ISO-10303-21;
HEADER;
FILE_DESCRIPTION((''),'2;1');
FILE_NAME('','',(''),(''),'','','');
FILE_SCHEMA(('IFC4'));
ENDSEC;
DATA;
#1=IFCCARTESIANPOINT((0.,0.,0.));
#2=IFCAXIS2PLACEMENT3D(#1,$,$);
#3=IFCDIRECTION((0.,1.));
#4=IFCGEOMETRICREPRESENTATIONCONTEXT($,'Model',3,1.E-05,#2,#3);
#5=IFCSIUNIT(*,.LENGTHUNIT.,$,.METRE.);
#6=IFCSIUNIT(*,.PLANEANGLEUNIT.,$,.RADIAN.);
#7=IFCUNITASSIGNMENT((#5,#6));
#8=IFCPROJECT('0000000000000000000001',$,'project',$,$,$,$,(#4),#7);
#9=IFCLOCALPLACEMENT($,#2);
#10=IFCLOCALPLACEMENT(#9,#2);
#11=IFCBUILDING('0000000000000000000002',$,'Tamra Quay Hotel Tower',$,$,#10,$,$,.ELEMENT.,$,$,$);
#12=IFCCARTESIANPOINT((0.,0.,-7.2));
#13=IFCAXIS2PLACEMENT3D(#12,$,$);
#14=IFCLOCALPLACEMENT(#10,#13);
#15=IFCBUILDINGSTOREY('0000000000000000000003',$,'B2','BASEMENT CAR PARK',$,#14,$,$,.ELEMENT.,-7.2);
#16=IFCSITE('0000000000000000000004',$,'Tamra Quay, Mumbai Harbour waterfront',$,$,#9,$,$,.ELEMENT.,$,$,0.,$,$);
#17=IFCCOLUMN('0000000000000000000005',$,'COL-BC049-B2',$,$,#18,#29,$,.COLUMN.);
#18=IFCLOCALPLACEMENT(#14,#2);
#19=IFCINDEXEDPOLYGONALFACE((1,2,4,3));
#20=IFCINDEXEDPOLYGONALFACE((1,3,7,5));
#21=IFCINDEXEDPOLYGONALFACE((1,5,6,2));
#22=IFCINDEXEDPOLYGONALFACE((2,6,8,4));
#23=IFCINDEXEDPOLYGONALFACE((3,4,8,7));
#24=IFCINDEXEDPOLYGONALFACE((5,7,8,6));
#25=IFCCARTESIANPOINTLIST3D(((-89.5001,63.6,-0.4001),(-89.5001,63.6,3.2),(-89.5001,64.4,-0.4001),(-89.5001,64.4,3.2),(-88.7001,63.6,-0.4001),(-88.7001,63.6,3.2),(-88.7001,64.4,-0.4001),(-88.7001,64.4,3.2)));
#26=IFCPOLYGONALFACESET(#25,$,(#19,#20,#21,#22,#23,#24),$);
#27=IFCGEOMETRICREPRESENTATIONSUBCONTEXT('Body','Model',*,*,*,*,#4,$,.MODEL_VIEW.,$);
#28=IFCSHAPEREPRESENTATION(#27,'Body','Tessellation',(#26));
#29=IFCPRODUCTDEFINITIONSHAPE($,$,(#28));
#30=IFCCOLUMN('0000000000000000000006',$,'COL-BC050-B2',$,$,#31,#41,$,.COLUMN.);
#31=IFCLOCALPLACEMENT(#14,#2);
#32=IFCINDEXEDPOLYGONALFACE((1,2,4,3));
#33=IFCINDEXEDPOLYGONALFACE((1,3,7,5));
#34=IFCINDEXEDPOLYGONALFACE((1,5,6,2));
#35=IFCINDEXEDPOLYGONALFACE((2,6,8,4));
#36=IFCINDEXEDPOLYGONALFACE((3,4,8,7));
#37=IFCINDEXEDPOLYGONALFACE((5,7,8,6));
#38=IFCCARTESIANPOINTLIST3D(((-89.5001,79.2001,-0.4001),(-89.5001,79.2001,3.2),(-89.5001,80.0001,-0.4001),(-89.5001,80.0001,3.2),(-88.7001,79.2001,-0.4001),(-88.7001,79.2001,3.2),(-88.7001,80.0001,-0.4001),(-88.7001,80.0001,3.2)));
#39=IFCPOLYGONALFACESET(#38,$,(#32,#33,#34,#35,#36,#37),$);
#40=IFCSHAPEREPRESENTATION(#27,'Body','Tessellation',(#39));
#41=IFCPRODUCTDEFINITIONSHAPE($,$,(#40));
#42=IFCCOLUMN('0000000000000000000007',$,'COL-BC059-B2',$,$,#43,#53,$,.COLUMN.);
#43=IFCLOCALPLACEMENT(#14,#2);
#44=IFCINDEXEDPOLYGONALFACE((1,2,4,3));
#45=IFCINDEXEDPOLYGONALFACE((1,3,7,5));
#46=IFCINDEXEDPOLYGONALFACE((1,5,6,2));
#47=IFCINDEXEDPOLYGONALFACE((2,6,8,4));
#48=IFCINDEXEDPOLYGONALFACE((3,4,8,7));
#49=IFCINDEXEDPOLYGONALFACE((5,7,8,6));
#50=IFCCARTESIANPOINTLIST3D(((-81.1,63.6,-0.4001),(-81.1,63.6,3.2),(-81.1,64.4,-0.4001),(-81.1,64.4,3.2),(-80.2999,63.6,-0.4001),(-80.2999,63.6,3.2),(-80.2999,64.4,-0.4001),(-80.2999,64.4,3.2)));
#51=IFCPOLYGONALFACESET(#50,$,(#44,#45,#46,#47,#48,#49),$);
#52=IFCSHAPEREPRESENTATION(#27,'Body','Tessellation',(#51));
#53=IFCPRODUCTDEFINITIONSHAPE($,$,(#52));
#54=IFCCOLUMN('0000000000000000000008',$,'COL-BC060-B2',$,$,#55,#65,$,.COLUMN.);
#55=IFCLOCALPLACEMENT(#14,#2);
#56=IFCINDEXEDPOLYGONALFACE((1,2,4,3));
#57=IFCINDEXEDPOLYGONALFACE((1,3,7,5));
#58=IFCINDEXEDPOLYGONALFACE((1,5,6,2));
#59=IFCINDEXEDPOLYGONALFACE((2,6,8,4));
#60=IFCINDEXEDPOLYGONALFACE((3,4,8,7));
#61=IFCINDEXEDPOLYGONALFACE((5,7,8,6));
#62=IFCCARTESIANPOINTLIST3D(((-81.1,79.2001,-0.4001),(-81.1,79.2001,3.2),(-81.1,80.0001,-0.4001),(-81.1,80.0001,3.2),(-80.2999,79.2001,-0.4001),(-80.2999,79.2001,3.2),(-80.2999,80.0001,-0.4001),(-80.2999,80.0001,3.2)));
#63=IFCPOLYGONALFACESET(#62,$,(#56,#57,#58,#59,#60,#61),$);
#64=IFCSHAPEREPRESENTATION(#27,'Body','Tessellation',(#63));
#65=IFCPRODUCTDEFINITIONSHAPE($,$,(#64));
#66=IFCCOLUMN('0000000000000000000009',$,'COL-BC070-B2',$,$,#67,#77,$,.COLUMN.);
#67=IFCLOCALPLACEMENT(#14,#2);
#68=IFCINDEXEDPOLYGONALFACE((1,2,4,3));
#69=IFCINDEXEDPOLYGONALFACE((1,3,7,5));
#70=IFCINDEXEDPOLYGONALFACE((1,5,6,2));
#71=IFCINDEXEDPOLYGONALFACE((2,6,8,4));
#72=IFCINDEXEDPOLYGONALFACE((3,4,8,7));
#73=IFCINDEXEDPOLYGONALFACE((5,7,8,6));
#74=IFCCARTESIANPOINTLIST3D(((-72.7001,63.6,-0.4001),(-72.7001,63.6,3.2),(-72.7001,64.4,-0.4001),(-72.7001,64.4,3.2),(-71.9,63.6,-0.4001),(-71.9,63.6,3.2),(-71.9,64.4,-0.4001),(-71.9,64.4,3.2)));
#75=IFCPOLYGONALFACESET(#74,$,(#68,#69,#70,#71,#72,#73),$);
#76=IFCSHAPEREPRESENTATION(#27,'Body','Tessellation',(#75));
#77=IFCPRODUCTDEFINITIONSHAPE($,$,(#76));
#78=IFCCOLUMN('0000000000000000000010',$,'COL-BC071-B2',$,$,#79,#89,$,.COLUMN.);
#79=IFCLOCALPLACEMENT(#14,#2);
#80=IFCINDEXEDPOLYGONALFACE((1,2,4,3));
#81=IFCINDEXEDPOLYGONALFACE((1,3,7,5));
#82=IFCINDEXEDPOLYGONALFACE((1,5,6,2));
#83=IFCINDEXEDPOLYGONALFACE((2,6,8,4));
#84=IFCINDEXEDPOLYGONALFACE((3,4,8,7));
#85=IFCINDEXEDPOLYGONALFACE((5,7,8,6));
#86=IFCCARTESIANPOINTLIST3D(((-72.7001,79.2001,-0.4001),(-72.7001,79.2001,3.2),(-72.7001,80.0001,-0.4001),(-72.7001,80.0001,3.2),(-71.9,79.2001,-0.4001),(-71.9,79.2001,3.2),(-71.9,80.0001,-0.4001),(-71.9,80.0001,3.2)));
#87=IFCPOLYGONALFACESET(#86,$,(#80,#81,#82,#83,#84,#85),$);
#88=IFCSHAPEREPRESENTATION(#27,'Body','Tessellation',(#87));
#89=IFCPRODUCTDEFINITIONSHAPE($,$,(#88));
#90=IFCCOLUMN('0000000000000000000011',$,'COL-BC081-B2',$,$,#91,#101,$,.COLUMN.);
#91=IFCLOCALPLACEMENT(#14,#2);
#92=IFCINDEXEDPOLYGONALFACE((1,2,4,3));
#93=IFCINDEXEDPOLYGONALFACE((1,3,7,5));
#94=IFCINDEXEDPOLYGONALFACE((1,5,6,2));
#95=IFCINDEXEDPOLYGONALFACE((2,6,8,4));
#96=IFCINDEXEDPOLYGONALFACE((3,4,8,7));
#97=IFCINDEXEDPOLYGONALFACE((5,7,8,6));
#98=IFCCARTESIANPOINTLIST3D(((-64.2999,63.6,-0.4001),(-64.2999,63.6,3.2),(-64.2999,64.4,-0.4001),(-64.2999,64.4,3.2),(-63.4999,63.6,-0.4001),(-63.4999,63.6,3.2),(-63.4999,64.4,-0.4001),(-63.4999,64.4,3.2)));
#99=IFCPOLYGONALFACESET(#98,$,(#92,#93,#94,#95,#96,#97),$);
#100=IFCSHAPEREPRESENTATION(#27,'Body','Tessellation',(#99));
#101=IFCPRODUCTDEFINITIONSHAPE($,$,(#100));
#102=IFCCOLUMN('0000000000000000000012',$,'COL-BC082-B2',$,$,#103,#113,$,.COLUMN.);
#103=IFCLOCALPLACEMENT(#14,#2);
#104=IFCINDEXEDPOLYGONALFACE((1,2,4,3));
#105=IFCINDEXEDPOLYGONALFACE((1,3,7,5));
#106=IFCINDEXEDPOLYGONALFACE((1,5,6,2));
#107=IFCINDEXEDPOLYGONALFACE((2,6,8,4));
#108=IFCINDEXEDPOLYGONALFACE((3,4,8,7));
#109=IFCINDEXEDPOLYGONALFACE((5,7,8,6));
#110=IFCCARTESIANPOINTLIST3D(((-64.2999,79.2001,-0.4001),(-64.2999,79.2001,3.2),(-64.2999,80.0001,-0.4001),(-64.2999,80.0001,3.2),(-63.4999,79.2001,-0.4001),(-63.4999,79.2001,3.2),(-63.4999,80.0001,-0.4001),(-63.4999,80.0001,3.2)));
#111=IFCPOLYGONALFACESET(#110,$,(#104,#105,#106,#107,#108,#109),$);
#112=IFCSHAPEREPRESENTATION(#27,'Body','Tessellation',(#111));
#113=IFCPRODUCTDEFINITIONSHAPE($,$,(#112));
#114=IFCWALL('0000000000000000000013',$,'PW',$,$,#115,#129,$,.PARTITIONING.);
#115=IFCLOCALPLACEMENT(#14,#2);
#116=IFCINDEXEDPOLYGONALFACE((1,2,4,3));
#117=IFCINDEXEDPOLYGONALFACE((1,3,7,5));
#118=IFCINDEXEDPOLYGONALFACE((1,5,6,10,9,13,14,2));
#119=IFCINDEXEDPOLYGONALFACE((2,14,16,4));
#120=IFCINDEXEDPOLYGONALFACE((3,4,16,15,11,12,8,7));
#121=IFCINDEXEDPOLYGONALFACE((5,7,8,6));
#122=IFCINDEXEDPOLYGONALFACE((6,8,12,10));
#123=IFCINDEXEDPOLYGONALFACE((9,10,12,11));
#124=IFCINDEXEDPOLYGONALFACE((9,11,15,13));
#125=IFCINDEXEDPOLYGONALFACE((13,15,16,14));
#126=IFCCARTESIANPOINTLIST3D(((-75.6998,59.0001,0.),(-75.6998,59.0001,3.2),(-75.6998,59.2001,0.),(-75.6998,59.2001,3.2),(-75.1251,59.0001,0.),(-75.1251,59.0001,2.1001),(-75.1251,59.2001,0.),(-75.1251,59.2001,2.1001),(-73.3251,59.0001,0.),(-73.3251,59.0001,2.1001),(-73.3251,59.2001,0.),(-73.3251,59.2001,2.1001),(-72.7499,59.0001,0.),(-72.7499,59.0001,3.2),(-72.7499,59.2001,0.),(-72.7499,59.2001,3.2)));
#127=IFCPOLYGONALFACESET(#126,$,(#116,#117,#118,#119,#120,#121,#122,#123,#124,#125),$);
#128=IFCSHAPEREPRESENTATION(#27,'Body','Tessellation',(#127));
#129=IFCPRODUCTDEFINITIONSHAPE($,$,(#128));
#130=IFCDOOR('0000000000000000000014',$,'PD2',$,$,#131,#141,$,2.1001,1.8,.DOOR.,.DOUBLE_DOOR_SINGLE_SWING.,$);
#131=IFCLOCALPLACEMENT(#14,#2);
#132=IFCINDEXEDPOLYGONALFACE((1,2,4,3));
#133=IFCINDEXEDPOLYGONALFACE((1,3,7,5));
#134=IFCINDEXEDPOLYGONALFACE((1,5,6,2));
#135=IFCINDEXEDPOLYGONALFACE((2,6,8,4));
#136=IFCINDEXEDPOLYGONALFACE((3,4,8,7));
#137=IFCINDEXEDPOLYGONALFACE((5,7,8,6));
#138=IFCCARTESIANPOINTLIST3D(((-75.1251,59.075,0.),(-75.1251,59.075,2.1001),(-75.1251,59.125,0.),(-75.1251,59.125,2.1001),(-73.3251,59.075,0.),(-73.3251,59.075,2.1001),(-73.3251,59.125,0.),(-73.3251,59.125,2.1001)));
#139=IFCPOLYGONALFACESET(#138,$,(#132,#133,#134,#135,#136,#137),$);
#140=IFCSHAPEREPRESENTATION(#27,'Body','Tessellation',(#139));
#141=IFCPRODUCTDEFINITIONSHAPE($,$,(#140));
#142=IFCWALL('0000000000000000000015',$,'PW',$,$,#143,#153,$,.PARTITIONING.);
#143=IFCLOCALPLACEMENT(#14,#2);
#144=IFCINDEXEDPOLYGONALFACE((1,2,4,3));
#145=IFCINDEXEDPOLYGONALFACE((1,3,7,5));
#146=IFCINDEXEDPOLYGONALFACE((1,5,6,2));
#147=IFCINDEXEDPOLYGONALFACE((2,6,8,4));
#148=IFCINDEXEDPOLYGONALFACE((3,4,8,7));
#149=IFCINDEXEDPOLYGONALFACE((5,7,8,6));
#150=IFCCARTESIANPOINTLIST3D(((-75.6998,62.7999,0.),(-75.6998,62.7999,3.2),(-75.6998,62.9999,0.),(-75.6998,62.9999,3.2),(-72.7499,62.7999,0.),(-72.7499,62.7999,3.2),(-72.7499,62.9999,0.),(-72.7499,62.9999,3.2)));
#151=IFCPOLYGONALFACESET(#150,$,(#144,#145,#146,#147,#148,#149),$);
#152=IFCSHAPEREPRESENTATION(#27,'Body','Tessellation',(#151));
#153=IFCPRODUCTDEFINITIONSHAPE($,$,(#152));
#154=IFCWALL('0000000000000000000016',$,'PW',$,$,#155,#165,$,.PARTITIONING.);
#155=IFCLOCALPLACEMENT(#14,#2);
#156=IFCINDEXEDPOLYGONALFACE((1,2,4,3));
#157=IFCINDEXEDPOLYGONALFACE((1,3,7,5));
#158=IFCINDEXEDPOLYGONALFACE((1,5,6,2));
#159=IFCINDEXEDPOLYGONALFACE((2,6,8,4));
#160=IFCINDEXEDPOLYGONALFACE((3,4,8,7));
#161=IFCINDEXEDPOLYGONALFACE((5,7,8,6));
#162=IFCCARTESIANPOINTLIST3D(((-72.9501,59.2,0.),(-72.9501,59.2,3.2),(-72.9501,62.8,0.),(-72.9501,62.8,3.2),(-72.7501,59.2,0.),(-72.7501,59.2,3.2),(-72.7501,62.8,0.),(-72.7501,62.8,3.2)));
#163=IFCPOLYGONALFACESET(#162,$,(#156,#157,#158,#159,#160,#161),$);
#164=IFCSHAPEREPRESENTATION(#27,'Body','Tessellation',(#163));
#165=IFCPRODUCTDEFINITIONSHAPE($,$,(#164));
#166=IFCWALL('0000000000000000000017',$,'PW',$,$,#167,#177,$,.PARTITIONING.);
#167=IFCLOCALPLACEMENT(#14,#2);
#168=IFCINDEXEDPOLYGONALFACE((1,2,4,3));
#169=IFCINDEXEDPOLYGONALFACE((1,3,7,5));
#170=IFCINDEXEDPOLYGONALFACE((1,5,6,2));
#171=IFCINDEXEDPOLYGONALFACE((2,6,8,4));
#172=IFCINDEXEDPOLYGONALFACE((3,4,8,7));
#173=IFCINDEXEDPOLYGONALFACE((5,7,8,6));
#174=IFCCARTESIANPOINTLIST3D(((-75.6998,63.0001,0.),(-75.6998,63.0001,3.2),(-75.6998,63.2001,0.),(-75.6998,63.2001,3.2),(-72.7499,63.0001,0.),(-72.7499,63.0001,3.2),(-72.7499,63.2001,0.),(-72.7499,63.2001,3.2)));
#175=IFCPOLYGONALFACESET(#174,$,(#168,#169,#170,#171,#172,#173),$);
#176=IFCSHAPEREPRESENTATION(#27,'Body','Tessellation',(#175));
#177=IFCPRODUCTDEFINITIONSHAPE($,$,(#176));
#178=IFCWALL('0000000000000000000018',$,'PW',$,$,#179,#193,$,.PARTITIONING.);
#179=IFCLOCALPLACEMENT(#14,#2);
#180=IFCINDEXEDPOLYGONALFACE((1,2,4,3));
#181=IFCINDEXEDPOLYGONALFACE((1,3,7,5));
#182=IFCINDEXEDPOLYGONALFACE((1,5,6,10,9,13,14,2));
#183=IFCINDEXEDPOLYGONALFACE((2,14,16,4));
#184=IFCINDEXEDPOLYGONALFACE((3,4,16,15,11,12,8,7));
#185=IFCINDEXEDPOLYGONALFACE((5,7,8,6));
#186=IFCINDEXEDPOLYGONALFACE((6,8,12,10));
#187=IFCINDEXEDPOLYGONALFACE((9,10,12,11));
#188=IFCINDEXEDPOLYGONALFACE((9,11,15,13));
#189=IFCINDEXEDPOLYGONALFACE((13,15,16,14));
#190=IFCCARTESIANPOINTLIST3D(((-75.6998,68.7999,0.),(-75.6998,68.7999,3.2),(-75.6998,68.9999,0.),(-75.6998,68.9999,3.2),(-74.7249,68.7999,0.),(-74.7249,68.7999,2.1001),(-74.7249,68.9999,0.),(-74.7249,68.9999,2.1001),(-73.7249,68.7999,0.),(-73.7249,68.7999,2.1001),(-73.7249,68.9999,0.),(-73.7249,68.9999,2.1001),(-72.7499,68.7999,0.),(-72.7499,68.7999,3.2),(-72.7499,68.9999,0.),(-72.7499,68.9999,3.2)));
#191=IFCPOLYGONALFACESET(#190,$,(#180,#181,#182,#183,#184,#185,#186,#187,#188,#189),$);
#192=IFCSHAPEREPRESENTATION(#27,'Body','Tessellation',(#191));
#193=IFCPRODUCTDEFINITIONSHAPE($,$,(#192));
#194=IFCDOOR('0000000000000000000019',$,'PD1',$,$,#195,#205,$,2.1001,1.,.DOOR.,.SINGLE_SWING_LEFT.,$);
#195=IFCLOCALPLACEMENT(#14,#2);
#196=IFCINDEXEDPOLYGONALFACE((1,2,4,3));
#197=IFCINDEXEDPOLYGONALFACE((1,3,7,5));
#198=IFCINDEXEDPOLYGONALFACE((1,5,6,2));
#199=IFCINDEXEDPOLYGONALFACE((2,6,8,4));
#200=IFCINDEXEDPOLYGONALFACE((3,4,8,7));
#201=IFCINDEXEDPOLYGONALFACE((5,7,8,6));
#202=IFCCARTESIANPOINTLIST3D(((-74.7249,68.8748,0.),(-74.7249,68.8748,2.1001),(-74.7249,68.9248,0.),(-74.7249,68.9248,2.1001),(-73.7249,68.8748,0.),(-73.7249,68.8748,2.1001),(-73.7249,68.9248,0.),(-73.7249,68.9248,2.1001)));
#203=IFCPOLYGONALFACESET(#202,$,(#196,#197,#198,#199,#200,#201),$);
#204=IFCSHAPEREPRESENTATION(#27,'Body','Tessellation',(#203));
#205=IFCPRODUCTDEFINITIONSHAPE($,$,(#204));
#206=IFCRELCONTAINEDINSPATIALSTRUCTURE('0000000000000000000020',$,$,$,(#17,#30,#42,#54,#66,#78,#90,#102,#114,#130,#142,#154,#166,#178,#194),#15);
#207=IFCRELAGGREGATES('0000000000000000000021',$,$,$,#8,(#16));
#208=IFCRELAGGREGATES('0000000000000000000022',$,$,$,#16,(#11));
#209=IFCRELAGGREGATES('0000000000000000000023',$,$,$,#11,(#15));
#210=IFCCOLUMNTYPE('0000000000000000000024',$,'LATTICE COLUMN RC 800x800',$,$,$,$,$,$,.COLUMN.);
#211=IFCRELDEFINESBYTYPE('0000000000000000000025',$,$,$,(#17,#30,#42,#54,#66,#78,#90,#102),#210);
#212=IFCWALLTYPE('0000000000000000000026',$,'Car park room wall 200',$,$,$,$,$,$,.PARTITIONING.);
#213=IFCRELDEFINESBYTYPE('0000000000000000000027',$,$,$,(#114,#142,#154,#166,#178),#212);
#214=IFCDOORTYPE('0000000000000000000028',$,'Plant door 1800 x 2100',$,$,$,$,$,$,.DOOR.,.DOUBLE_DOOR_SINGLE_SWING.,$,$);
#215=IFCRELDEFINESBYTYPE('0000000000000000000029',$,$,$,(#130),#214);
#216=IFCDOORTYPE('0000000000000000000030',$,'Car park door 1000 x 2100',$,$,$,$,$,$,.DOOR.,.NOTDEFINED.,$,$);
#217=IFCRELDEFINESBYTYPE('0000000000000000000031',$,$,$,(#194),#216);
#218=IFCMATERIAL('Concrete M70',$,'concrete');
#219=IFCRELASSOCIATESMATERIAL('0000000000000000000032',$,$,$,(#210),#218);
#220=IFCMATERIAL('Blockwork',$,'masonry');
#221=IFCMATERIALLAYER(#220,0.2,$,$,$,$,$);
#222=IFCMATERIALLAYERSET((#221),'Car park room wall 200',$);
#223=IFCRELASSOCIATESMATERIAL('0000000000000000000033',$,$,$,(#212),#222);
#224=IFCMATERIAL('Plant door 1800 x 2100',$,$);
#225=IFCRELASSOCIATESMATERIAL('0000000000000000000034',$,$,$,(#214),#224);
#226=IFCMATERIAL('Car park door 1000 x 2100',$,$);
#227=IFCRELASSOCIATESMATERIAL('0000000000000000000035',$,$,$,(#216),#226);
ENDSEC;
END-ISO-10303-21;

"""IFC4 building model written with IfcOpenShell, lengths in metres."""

from ifc_helpers import new_model, si_unit, direction, frame, frame_2d, origin, origin_2d, place, context, subcontext, project, spatial, rectangle, extrude, material, layer, layer_set, material_profile, profile_set, type_object, element, fill, save


model = new_model("IFC4")

# Units and contexts
model_context = context("Model", 3, precision=1e-05, world=origin(), true_north=direction((0.0, 1.0)))
body_context = subcontext(model_context, "Body", "Model", "MODEL_VIEW")
ifc_project = project(units=[si_unit("LENGTHUNIT", "METRE"), si_unit("PLANEANGLEUNIT", "RADIAN")], contexts=[model_context])

# Site, building, storey
site_placement = place(None, origin())
site = spatial("IfcSite", under=ifc_project, at=site_placement, Name="Tamra Quay, Mumbai Harbour waterfront", CompositionType="ELEMENT", RefElevation=0.0)
building_placement = place(site_placement, origin())
building = spatial("IfcBuilding", under=site, at=building_placement, Name="Tamra Quay Hotel Tower", CompositionType="ELEMENT")
storey_placement = place(building_placement, frame((0.0, 0.0, -7.2)))
storey = spatial("IfcBuildingStorey", under=building, at=storey_placement, Name="B2", Description="BASEMENT CAR PARK", CompositionType="ELEMENT", Elevation=-7.2)

# Columns
ifc_material_1 = material(Name="Concrete M70", Category="concrete")
ifc_material_profile = material_profile(ifc_material_1, rectangle(XDim=0.8, YDim=0.8, at=origin_2d()), Name="LATTICE COLUMN RC 800x800")
ifc_profile_set = profile_set([ifc_material_profile], Name="Concrete M70")
column_type = type_object("IfcColumnType", Name="LATTICE COLUMN RC 800x800", PredefinedType="COLUMN", material=ifc_profile_set)
for number, where, z_axis, x_axis, name in (
    (1, (-89.1001, 64.0, -0.4001), (0.0, 0.0, 1.0), (1.0, 0.0, 0.0), "COL-BC049-B2"),
    (2, (-89.1001, 79.6001, -0.4001), (0.0, 0.0, 1.0), (1.0, 0.0, 0.0), "COL-BC050-B2"),
    (3, (-80.7, 64.0, -0.4001), (0.0, 0.0, 1.0), (1.0, 0.0, 0.0), "COL-BC059-B2"),
    (4, (-80.7, 79.6001, -0.4001), (0.0, 0.0, 1.0), (1.0, 0.0, 0.0), "COL-BC060-B2"),
    (5, (-72.3, 64.0, -0.4001), (0.0, 0.0, 1.0), (1.0, 0.0, 0.0), "COL-BC070-B2"),
    (6, (-72.3, 79.6001, -0.4001), (0.0, 0.0, 1.0), (1.0, 0.0, 0.0), "COL-BC071-B2"),
    (7, (-63.8999, 64.0, -0.4001), (0.0, 0.0, 1.0), (1.0, 0.0, 0.0), "COL-BC081-B2"),
    (8, (-63.8999, 79.6001, -0.4001), (0.0, 0.0, 1.0), (1.0, 0.0, 0.0), "COL-BC082-B2"),
):
    element("IfcColumn", number, at=place(storey_placement, frame(where, z_axis=z_axis, x_axis=x_axis)), inside=storey, type_object=column_type, Name=name, PredefinedType="COLUMN", context=body_context, shape_type="SweptSolid", body=[
        extrude(rectangle(XDim=0.8, YDim=0.8, at=origin_2d()), origin(), (0.0, 0.0, 1.0), 3.6001),
    ])

# Wall, opening, door
ifc_material_2 = material(Name="Blockwork", Category="masonry")
ifc_layer_1 = layer(ifc_material_2, 0.2)
ifc_layer_set_1 = layer_set([ifc_layer_1], Name="Car park room wall 200")
wall_type_1 = type_object("IfcWallType", Name="Car park room wall 200", PredefinedType="PARTITIONING", material=ifc_layer_set_1)
wall_1_placement = place(storey_placement, frame((-75.7, 59.1001, 0.0), z_axis=(0.0, 0.0, 1.0), x_axis=(1.0, 0.0, 0.0)))
wall_1 = element("IfcWall", 9, at=wall_1_placement, inside=storey, type_object=wall_type_1, Name="PW", PredefinedType="PARTITIONING", context=body_context, shape_type="SweptSolid", body=[
    extrude(rectangle(XDim=2.95, YDim=0.2, at=frame_2d((1.4751, 0.0))), origin(), (0.0, 0.0, 1.0), 3.2),
])
opening_1_placement = place(wall_1_placement, frame((0.575, 0.0, 0.0)))
opening_1 = element("IfcOpeningElement", 10, at=opening_1_placement, cuts=wall_1, PredefinedType="OPENING", context=body_context, shape_type="SweptSolid", body=[
    extrude(rectangle(XDim=1.8, YDim=2.1001, at=frame_2d((0.8999, 1.05))), frame((0.0, 0.1099, 0.0), z_axis=(0.0, -1.0, 0.0), x_axis=(1.0, 0.0, 0.0)), (0.0, 0.0, 1.0), 0.22),
])
ifc_material_3 = material(Name="Plant door 1800 x 2100")
door_type_1 = type_object("IfcDoorType", Name="Plant door 1800 x 2100", OperationType="DOUBLE_DOOR_SINGLE_SWING", PredefinedType="DOOR", material=ifc_material_3)
door_1_placement = place(opening_1_placement, origin())
door_1 = element("IfcDoor", 11, at=door_1_placement, inside=storey, type_object=door_type_1, Name="PD2", OperationType="DOUBLE_DOOR_SINGLE_SWING", OverallHeight=2.1001, OverallWidth=1.8, PredefinedType="DOOR", context=body_context, shape_type="SweptSolid", body=[
    extrude(rectangle(XDim=1.8, YDim=2.1001, at=frame_2d((0.8999, 1.05))), frame((0.0, 0.0249, 0.0), z_axis=(0.0, -1.0, 0.0), x_axis=(1.0, 0.0, 0.0)), (0.0, 0.0, 1.0), 0.05),
])
fill(opening_1, door_1)

# Walls
wall_2_placement = place(storey_placement, frame((-75.7, 62.8999, 0.0), z_axis=(0.0, 0.0, 1.0), x_axis=(1.0, 0.0, 0.0)))
element("IfcWall", 12, at=wall_2_placement, inside=storey, type_object=wall_type_1, Name="PW", PredefinedType="PARTITIONING", context=body_context, shape_type="SweptSolid", body=[
    extrude(rectangle(XDim=2.95, YDim=0.2, at=frame_2d((1.4751, 0.0))), origin(), (0.0, 0.0, 1.0), 3.2),
])
wall_3_placement = place(storey_placement, frame((-72.8501, 59.2, 0.0), z_axis=(0.0, 0.0, 1.0), x_axis=(0.0, 1.0, 0.0)))
element("IfcWall", 13, at=wall_3_placement, inside=storey, type_object=wall_type_1, Name="PW", PredefinedType="PARTITIONING", context=body_context, shape_type="SweptSolid", body=[
    extrude(rectangle(XDim=3.6001, YDim=0.2, at=frame_2d((1.8, 0.0))), origin(), (0.0, 0.0, 1.0), 3.2),
])
wall_4_placement = place(storey_placement, frame((-75.7, 63.1001, 0.0), z_axis=(0.0, 0.0, 1.0), x_axis=(1.0, 0.0, 0.0)))
element("IfcWall", 14, at=wall_4_placement, inside=storey, type_object=wall_type_1, Name="PW", PredefinedType="PARTITIONING", context=body_context, shape_type="SweptSolid", body=[
    extrude(rectangle(XDim=2.95, YDim=0.2, at=frame_2d((1.4751, 0.0))), origin(), (0.0, 0.0, 1.0), 3.2),
])

# Wall, opening, door
wall_5_placement = place(storey_placement, frame((-75.7, 68.8999, 0.0), z_axis=(0.0, 0.0, 1.0), x_axis=(1.0, 0.0, 0.0)))
wall_5 = element("IfcWall", 15, at=wall_5_placement, inside=storey, type_object=wall_type_1, Name="PW", PredefinedType="PARTITIONING", context=body_context, shape_type="SweptSolid", body=[
    extrude(rectangle(XDim=2.95, YDim=0.2, at=frame_2d((1.4751, 0.0))), origin(), (0.0, 0.0, 1.0), 3.2),
])
opening_2_placement = place(wall_5_placement, frame((0.9751, 0.0, 0.0)))
opening_2 = element("IfcOpeningElement", 16, at=opening_2_placement, cuts=wall_5, PredefinedType="OPENING", context=body_context, shape_type="SweptSolid", body=[
    extrude(rectangle(XDim=1.0, YDim=2.1001, at=frame_2d((0.5, 1.05))), frame((0.0, 0.1099, 0.0), z_axis=(0.0, -1.0, 0.0), x_axis=(1.0, 0.0, 0.0)), (0.0, 0.0, 1.0), 0.22),
])
ifc_material_4 = material(Name="Car park door 1000 x 2100")
door_type_2 = type_object("IfcDoorType", Name="Car park door 1000 x 2100", OperationType="NOTDEFINED", PredefinedType="DOOR", material=ifc_material_4)
door_2_placement = place(opening_2_placement, origin())
door_2 = element("IfcDoor", 17, at=door_2_placement, inside=storey, type_object=door_type_2, Name="PD1", OperationType="SINGLE_SWING_LEFT", OverallHeight=2.1001, OverallWidth=1.0, PredefinedType="DOOR", context=body_context, shape_type="SweptSolid", body=[
    extrude(rectangle(XDim=1.0, YDim=2.1001, at=frame_2d((0.5, 1.05))), frame((0.0, 0.0249, 0.0), z_axis=(0.0, -1.0, 0.0), x_axis=(1.0, 0.0, 0.0)), (0.0, 0.0, 1.0), 0.05),
])
fill(opening_2, door_2)

save(model, "model.ifc")
